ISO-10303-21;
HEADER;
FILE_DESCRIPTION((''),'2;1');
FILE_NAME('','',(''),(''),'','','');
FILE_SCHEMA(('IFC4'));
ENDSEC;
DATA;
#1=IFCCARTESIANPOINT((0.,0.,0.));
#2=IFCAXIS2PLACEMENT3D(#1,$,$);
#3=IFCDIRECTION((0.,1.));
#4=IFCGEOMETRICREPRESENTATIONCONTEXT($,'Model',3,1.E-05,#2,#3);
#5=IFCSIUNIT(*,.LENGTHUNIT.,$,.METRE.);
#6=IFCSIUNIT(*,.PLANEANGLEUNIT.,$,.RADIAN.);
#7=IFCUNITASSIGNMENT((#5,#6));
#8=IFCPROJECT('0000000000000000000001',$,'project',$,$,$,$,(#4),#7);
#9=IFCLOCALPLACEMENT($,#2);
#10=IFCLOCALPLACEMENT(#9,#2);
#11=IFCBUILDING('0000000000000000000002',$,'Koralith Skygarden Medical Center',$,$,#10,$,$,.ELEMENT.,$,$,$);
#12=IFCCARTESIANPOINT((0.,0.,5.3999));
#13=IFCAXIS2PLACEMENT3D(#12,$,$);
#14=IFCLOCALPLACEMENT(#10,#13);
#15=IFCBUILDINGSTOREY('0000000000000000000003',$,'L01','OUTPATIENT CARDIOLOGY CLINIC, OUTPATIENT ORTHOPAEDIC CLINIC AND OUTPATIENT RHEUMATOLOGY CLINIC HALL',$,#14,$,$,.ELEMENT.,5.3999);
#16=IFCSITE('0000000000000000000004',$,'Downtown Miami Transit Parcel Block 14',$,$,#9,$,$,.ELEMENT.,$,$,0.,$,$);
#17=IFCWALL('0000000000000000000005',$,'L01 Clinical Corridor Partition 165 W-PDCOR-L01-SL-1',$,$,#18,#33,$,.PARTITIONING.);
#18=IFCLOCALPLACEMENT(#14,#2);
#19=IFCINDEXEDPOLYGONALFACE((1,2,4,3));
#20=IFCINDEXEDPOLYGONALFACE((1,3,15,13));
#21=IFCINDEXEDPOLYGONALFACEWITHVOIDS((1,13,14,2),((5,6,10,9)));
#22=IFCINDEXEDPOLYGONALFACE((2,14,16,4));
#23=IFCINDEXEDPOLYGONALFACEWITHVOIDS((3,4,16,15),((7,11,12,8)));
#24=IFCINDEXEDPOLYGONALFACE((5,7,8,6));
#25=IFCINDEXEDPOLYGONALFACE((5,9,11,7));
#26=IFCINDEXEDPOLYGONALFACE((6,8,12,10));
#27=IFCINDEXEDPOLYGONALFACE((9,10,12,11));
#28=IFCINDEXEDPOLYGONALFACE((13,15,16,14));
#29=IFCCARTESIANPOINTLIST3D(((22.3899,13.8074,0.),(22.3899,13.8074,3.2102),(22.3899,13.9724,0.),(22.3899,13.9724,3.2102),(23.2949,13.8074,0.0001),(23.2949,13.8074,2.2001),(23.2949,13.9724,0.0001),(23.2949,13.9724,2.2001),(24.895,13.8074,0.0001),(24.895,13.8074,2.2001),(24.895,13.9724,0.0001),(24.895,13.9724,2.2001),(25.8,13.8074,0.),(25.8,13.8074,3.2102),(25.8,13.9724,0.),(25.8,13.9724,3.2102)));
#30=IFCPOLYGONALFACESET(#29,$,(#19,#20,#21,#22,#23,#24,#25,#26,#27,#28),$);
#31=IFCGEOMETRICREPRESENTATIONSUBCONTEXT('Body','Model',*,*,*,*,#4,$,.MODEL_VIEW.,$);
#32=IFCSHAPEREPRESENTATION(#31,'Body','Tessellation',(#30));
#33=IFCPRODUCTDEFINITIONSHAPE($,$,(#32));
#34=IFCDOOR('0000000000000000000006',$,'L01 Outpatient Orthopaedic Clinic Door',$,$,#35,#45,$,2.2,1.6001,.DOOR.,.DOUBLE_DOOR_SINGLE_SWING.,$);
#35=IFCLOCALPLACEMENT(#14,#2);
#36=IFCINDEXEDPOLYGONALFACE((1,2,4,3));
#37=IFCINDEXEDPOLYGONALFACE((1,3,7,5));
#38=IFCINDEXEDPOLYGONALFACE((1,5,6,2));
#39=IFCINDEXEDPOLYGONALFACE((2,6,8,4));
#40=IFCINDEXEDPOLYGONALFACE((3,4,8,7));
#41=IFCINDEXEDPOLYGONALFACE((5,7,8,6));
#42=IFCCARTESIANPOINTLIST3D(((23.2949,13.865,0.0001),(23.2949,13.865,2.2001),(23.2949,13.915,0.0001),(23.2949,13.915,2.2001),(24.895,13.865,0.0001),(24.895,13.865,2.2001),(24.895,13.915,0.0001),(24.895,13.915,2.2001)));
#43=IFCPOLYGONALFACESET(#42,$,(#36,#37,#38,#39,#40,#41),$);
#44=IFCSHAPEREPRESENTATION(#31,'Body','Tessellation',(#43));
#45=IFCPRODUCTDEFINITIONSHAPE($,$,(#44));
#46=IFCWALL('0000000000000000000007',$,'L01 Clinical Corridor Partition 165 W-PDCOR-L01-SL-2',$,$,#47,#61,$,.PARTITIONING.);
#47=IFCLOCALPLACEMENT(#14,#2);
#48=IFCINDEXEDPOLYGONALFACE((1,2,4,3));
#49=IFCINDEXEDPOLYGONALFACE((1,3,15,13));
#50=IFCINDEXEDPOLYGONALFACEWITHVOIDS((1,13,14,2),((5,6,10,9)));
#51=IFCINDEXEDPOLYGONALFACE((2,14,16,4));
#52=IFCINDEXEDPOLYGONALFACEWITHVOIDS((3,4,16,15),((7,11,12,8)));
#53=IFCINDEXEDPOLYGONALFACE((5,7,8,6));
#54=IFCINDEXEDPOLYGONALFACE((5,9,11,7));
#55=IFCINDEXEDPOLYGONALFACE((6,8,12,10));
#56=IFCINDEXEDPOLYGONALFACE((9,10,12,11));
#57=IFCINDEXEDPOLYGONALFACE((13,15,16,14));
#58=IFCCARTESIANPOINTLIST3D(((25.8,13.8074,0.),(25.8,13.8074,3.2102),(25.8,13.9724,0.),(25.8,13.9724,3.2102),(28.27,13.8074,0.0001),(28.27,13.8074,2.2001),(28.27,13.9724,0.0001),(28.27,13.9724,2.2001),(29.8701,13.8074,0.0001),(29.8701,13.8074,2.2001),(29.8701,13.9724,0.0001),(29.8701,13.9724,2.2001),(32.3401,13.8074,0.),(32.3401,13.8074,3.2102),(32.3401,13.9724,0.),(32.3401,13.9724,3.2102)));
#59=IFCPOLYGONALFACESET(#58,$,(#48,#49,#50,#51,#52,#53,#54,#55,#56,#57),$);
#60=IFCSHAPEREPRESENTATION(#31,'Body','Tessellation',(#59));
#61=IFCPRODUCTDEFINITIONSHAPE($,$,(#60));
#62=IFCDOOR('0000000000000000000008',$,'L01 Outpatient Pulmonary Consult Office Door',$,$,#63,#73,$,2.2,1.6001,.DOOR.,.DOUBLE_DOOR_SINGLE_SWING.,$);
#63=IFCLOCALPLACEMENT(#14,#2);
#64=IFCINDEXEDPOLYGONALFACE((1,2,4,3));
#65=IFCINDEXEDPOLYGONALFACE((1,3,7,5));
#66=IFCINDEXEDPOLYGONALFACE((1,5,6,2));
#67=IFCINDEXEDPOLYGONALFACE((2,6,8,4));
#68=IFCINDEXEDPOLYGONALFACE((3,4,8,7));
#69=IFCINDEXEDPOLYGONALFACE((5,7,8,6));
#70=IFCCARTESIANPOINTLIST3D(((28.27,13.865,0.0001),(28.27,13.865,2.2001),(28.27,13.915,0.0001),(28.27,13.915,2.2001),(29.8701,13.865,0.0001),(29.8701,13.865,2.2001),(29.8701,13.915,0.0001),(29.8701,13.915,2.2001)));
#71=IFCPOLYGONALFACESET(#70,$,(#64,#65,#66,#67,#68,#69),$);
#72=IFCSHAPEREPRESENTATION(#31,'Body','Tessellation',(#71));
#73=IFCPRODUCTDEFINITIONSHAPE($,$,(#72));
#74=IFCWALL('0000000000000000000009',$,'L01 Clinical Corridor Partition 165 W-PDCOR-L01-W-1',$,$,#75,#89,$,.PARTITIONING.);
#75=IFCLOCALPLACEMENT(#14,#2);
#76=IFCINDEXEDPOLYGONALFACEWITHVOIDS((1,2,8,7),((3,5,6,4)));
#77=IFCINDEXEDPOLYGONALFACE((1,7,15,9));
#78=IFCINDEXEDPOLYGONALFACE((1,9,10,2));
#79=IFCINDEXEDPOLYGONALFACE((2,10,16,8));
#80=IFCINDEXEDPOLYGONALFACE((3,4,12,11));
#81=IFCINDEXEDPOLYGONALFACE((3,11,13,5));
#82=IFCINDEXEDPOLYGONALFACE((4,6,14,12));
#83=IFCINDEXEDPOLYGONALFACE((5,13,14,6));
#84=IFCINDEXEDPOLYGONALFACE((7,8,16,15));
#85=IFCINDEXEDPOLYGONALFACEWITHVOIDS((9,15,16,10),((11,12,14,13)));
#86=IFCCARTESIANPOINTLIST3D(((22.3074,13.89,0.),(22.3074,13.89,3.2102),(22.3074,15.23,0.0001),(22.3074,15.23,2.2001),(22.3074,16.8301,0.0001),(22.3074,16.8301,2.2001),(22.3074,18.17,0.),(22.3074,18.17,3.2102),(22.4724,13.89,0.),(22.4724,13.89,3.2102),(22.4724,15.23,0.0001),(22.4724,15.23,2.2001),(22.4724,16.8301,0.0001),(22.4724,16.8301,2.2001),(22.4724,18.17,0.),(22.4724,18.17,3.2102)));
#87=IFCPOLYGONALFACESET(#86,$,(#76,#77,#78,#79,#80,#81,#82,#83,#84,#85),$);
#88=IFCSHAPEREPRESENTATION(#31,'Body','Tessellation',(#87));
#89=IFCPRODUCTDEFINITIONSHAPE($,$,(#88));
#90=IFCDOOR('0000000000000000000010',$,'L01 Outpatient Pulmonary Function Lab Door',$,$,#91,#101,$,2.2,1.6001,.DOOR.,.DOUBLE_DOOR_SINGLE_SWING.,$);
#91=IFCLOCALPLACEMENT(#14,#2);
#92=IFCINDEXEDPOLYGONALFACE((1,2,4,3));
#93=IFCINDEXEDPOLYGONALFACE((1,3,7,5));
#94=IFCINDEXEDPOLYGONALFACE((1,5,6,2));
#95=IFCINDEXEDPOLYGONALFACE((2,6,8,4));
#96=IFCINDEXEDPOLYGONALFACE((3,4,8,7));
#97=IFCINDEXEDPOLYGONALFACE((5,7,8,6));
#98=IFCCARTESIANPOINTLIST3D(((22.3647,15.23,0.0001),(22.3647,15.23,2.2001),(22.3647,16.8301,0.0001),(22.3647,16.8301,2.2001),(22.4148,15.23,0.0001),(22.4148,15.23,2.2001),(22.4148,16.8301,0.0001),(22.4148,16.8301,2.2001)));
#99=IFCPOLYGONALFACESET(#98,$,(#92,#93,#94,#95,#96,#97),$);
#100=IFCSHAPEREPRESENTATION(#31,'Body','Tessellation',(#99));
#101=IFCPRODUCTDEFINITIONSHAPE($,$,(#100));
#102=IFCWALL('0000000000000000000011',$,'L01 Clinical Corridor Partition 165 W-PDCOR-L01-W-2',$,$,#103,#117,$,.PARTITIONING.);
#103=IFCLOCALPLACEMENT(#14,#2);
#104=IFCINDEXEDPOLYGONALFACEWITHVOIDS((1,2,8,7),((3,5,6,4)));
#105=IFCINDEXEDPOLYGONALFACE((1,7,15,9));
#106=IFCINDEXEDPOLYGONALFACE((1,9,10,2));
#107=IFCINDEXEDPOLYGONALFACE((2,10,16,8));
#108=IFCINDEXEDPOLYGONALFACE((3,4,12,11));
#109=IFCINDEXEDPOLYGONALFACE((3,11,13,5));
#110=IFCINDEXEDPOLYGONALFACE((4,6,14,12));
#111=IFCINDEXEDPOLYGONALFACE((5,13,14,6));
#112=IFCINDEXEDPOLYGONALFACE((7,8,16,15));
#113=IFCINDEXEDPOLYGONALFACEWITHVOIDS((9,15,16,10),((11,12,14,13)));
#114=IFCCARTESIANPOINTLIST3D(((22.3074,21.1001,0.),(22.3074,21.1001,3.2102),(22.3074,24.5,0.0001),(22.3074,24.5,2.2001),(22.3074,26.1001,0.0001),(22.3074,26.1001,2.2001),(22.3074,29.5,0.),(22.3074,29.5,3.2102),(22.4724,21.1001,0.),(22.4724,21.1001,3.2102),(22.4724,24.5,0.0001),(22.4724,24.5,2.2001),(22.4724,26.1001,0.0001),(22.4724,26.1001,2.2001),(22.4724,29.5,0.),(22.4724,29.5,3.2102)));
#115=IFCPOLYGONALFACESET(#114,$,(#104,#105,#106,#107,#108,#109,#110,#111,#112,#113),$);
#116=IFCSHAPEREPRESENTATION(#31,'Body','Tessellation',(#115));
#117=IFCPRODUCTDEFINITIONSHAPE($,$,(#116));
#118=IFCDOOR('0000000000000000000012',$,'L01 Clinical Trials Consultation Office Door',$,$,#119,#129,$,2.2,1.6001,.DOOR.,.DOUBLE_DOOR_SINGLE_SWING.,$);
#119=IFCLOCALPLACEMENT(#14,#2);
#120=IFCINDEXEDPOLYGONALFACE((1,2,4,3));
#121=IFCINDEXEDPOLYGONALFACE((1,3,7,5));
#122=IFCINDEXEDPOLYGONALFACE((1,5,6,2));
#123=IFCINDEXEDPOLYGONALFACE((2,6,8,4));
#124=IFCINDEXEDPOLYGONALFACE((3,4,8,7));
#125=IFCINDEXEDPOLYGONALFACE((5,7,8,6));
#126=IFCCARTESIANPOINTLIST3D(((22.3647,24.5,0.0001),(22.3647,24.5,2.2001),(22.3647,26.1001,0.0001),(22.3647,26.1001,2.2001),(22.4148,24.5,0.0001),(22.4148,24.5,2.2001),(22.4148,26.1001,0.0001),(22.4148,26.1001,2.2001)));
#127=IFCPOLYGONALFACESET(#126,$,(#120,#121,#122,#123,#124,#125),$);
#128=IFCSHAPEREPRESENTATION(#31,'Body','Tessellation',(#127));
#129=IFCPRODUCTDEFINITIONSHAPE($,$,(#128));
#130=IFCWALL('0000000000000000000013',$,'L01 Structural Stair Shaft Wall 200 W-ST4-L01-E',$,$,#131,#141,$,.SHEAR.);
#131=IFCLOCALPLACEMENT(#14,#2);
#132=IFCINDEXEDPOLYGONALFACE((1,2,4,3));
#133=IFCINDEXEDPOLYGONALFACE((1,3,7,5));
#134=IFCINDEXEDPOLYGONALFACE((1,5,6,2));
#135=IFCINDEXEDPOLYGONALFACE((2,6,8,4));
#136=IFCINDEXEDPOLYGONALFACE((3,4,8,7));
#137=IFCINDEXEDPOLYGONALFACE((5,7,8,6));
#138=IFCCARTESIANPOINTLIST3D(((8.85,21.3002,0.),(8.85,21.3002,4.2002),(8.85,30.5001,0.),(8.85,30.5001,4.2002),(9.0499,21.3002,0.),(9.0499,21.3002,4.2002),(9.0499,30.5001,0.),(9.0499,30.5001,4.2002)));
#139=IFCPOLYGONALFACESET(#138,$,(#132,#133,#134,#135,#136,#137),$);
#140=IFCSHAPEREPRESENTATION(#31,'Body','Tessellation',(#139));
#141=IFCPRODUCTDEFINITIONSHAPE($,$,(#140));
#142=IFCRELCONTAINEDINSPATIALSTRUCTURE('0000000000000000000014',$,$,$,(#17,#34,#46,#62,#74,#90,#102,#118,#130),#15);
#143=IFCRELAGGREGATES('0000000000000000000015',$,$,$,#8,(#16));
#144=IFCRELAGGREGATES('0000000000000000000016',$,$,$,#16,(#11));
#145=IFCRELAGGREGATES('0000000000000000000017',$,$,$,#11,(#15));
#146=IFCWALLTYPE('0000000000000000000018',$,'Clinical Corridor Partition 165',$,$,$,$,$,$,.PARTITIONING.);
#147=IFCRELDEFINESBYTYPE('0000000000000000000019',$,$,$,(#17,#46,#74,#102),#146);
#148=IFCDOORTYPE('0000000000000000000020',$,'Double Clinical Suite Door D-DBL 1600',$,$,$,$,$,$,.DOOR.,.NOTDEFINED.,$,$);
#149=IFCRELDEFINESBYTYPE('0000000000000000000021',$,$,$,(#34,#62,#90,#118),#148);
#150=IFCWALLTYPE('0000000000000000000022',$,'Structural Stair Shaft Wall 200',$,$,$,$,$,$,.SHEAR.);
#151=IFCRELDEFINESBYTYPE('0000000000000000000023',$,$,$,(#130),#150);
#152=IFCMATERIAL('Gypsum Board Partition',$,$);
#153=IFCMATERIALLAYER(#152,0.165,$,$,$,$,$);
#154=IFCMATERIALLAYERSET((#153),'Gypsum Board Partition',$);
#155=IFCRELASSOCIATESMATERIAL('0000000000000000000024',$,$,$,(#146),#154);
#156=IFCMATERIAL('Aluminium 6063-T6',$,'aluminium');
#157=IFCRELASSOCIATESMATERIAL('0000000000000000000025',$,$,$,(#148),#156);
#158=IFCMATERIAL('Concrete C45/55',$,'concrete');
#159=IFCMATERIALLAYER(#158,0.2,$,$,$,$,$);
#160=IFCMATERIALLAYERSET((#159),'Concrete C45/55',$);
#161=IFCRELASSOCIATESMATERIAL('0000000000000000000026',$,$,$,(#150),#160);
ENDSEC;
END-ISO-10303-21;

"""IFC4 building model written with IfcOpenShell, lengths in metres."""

from ifc_helpers import new_model, si_unit, direction, frame, frame_2d, origin, place, context, subcontext, project, spatial, rectangle, extrude, material, layer, layer_set, type_object, element, fill, save


model = new_model("IFC4")

# Units and contexts
model_context = context("Model", 3, precision=1e-05, world=origin(), true_north=direction((0.0, 1.0)))
body_context = subcontext(model_context, "Body", "Model", "MODEL_VIEW")
ifc_project = project(units=[si_unit("LENGTHUNIT", "METRE"), si_unit("PLANEANGLEUNIT", "RADIAN")], contexts=[model_context])

# Site, building, storey
site_placement = place(None, origin())
site = spatial("IfcSite", under=ifc_project, at=site_placement, Name="Downtown Miami Transit Parcel Block 14", CompositionType="ELEMENT", RefElevation=0.0)
building_placement = place(site_placement, origin())
building = spatial("IfcBuilding", under=site, at=building_placement, Name="Koralith Skygarden Medical Center", CompositionType="ELEMENT")
storey_placement = place(building_placement, frame((0.0, 0.0, 5.3999)))
storey = spatial("IfcBuildingStorey", under=building, at=storey_placement, Name="L01", Description="OUTPATIENT CARDIOLOGY CLINIC, OUTPATIENT ORTHOPAEDIC CLINIC AND OUTPATIENT RHEUMATOLOGY CLINIC HALL", CompositionType="ELEMENT", Elevation=5.3999)

# Shared definitions
ifc_material_1 = material(Name="Gypsum Board Partition")
ifc_layer_1 = layer(ifc_material_1, 0.165)
ifc_layer_set_1 = layer_set([ifc_layer_1], Name="Gypsum Board Partition")
wall_type_1 = type_object("IfcWallType", Name="Clinical Corridor Partition 165", PredefinedType="PARTITIONING", material=ifc_layer_set_1)

# Walls, openings, doors
wall_1_placement = place(storey_placement, frame((22.3899, 13.8899, 0.0), z_axis=(0.0, 0.0, 1.0), x_axis=(1.0, 0.0, 0.0)))
wall_1 = element("IfcWall", 1, at=wall_1_placement, inside=storey, type_object=wall_type_1, Name="L01 Clinical Corridor Partition 165 W-PDCOR-L01-SL-1", PredefinedType="PARTITIONING", context=body_context, shape_type="SweptSolid", body=[
    extrude(rectangle(XDim=3.4102, YDim=0.165, at=frame_2d((1.7051, 0.0))), origin(), (0.0, 0.0, 1.0), 3.2102),
])
opening_1_placement = place(wall_1_placement, frame((0.905, 0.0, 0.0)))
opening_1 = element("IfcOpeningElement", 2, at=opening_1_placement, cuts=wall_1, PredefinedType="OPENING", context=body_context, shape_type="SweptSolid", body=[
    extrude(rectangle(XDim=1.6001, YDim=2.2, at=frame_2d((0.8, 1.1001))), frame((0.0, 0.0925, 0.0), z_axis=(0.0, -1.0, 0.0), x_axis=(1.0, 0.0, 0.0)), (0.0, 0.0, 1.0), 0.1851),
])
ifc_material_2 = material(Name="Aluminium 6063-T6", Category="aluminium")
door_type = type_object("IfcDoorType", Name="Double Clinical Suite Door D-DBL 1600", OperationType="NOTDEFINED", PredefinedType="DOOR", material=ifc_material_2)
door_1_placement = place(opening_1_placement, frame((1.6001, 0.0, 0.0), z_axis=(0.0, 0.0, 1.0), x_axis=(-1.0, 0.0, 0.0)))
door_1 = element("IfcDoor", 3, at=door_1_placement, inside=storey, type_object=door_type, Name="L01 Outpatient Orthopaedic Clinic Door", OperationType="DOUBLE_DOOR_SINGLE_SWING", OverallHeight=2.2, OverallWidth=1.6001, PredefinedType="DOOR", context=body_context, shape_type="SweptSolid", body=[
    extrude(rectangle(XDim=1.6001, YDim=2.2, at=frame_2d((0.8, 1.1001))), frame((0.0, 0.0249, 0.0), z_axis=(0.0, -1.0, 0.0), x_axis=(1.0, 0.0, 0.0)), (0.0, 0.0, 1.0), 0.05),
])
fill(opening_1, door_1)
wall_2_placement = place(storey_placement, frame((25.8, 13.8899, 0.0), z_axis=(0.0, 0.0, 1.0), x_axis=(1.0, 0.0, 0.0)))
wall_2 = element("IfcWall", 4, at=wall_2_placement, inside=storey, type_object=wall_type_1, Name="L01 Clinical Corridor Partition 165 W-PDCOR-L01-SL-2", PredefinedType="PARTITIONING", context=body_context, shape_type="SweptSolid", body=[
    extrude(rectangle(XDim=6.54, YDim=0.165, at=frame_2d((3.27, 0.0))), origin(), (0.0, 0.0, 1.0), 3.2102),
])
opening_2_placement = place(wall_2_placement, frame((2.47, 0.0, 0.0)))
opening_2 = element("IfcOpeningElement", 5, at=opening_2_placement, cuts=wall_2, PredefinedType="OPENING", context=body_context, shape_type="SweptSolid", body=[
    extrude(rectangle(XDim=1.6001, YDim=2.2, at=frame_2d((0.8, 1.1001))), frame((0.0, 0.0925, 0.0), z_axis=(0.0, -1.0, 0.0), x_axis=(1.0, 0.0, 0.0)), (0.0, 0.0, 1.0), 0.1851),
])
door_2_placement = place(opening_2_placement, frame((1.6001, 0.0, 0.0), z_axis=(0.0, 0.0, 1.0), x_axis=(-1.0, 0.0, 0.0)))
door_2 = element("IfcDoor", 6, at=door_2_placement, inside=storey, type_object=door_type, Name="L01 Outpatient Pulmonary Consult Office Door", OperationType="DOUBLE_DOOR_SINGLE_SWING", OverallHeight=2.2, OverallWidth=1.6001, PredefinedType="DOOR", context=body_context, shape_type="SweptSolid", body=[
    extrude(rectangle(XDim=1.6001, YDim=2.2, at=frame_2d((0.8, 1.1001))), frame((0.0, 0.0249, 0.0), z_axis=(0.0, -1.0, 0.0), x_axis=(1.0, 0.0, 0.0)), (0.0, 0.0, 1.0), 0.05),
])
fill(opening_2, door_2)
wall_3_placement = place(storey_placement, frame((22.3899, 13.8899, 0.0), z_axis=(0.0, 0.0, 1.0), x_axis=(0.0, 1.0, 0.0)))
wall_3 = element("IfcWall", 7, at=wall_3_placement, inside=storey, type_object=wall_type_1, Name="L01 Clinical Corridor Partition 165 W-PDCOR-L01-W-1", PredefinedType="PARTITIONING", context=body_context, shape_type="SweptSolid", body=[
    extrude(rectangle(XDim=4.28, YDim=0.165, at=frame_2d((2.1401, 0.0))), origin(), (0.0, 0.0, 1.0), 3.2102),
])
opening_3_placement = place(wall_3_placement, frame((1.3401, 0.0, 0.0)))
opening_3 = element("IfcOpeningElement", 8, at=opening_3_placement, cuts=wall_3, PredefinedType="OPENING", context=body_context, shape_type="SweptSolid", body=[
    extrude(rectangle(XDim=1.6001, YDim=2.2, at=frame_2d((0.8, 1.1001))), frame((0.0, 0.0925, 0.0), z_axis=(0.0, -1.0, 0.0), x_axis=(1.0, 0.0, 0.0)), (0.0, 0.0, 1.0), 0.1851),
])
door_3_placement = place(opening_3_placement, frame((1.6001, 0.0, 0.0), z_axis=(0.0, 0.0, 1.0), x_axis=(-1.0, 0.0, 0.0)))
door_3 = element("IfcDoor", 9, at=door_3_placement, inside=storey, type_object=door_type, Name="L01 Outpatient Pulmonary Function Lab Door", OperationType="DOUBLE_DOOR_SINGLE_SWING", OverallHeight=2.2, OverallWidth=1.6001, PredefinedType="DOOR", context=body_context, shape_type="SweptSolid", body=[
    extrude(rectangle(XDim=1.6001, YDim=2.2, at=frame_2d((0.8, 1.1001))), frame((0.0, 0.0249, 0.0), z_axis=(0.0, -1.0, 0.0), x_axis=(1.0, 0.0, 0.0)), (0.0, 0.0, 1.0), 0.05),
])
fill(opening_3, door_3)
wall_4_placement = place(storey_placement, frame((22.3899, 21.1001, 0.0), z_axis=(0.0, 0.0, 1.0), x_axis=(0.0, 1.0, 0.0)))
wall_4 = element("IfcWall", 10, at=wall_4_placement, inside=storey, type_object=wall_type_1, Name="L01 Clinical Corridor Partition 165 W-PDCOR-L01-W-2", PredefinedType="PARTITIONING", context=body_context, shape_type="SweptSolid", body=[
    extrude(rectangle(XDim=8.3999, YDim=0.165, at=frame_2d((4.2, 0.0))), origin(), (0.0, 0.0, 1.0), 3.2102),
])
opening_4_placement = place(wall_4_placement, frame((3.3999, 0.0, 0.0)))
opening_4 = element("IfcOpeningElement", 11, at=opening_4_placement, cuts=wall_4, PredefinedType="OPENING", context=body_context, shape_type="SweptSolid", body=[
    extrude(rectangle(XDim=1.6001, YDim=2.2, at=frame_2d((0.8, 1.1001))), frame((0.0, 0.0925, 0.0), z_axis=(0.0, -1.0, 0.0), x_axis=(1.0, 0.0, 0.0)), (0.0, 0.0, 1.0), 0.1851),
])
door_4_placement = place(opening_4_placement, frame((1.6001, 0.0, 0.0), z_axis=(0.0, 0.0, 1.0), x_axis=(-1.0, 0.0, 0.0)))
door_4 = element("IfcDoor", 12, at=door_4_placement, inside=storey, type_object=door_type, Name="L01 Clinical Trials Consultation Office Door", OperationType="DOUBLE_DOOR_SINGLE_SWING", OverallHeight=2.2, OverallWidth=1.6001, PredefinedType="DOOR", context=body_context, shape_type="SweptSolid", body=[
    extrude(rectangle(XDim=1.6001, YDim=2.2, at=frame_2d((0.8, 1.1001))), frame((0.0, 0.0249, 0.0), z_axis=(0.0, -1.0, 0.0), x_axis=(1.0, 0.0, 0.0)), (0.0, 0.0, 1.0), 0.05),
])
fill(opening_4, door_4)

# Wall
ifc_material_3 = material(Name="Concrete C45/55", Category="concrete")
ifc_layer_2 = layer(ifc_material_3, 0.2)
ifc_layer_set_2 = layer_set([ifc_layer_2], Name="Concrete C45/55")
wall_type_2 = type_object("IfcWallType", Name="Structural Stair Shaft Wall 200", PredefinedType="SHEAR", material=ifc_layer_set_2)
wall_5_placement = place(storey_placement, frame((8.95, 21.3, 0.0), z_axis=(0.0, 0.0, 1.0), x_axis=(0.0, 1.0, 0.0)))
element("IfcWall", 13, at=wall_5_placement, inside=storey, type_object=wall_type_2, Name="L01 Structural Stair Shaft Wall 200 W-ST4-L01-E", PredefinedType="SHEAR", context=body_context, shape_type="SweptSolid", body=[
    extrude(rectangle(XDim=9.2, YDim=0.2, at=frame_2d((4.6001, 0.0))), origin(), (0.0, 0.0, 1.0), 4.2002),
])

save(model, "model.ifc")
